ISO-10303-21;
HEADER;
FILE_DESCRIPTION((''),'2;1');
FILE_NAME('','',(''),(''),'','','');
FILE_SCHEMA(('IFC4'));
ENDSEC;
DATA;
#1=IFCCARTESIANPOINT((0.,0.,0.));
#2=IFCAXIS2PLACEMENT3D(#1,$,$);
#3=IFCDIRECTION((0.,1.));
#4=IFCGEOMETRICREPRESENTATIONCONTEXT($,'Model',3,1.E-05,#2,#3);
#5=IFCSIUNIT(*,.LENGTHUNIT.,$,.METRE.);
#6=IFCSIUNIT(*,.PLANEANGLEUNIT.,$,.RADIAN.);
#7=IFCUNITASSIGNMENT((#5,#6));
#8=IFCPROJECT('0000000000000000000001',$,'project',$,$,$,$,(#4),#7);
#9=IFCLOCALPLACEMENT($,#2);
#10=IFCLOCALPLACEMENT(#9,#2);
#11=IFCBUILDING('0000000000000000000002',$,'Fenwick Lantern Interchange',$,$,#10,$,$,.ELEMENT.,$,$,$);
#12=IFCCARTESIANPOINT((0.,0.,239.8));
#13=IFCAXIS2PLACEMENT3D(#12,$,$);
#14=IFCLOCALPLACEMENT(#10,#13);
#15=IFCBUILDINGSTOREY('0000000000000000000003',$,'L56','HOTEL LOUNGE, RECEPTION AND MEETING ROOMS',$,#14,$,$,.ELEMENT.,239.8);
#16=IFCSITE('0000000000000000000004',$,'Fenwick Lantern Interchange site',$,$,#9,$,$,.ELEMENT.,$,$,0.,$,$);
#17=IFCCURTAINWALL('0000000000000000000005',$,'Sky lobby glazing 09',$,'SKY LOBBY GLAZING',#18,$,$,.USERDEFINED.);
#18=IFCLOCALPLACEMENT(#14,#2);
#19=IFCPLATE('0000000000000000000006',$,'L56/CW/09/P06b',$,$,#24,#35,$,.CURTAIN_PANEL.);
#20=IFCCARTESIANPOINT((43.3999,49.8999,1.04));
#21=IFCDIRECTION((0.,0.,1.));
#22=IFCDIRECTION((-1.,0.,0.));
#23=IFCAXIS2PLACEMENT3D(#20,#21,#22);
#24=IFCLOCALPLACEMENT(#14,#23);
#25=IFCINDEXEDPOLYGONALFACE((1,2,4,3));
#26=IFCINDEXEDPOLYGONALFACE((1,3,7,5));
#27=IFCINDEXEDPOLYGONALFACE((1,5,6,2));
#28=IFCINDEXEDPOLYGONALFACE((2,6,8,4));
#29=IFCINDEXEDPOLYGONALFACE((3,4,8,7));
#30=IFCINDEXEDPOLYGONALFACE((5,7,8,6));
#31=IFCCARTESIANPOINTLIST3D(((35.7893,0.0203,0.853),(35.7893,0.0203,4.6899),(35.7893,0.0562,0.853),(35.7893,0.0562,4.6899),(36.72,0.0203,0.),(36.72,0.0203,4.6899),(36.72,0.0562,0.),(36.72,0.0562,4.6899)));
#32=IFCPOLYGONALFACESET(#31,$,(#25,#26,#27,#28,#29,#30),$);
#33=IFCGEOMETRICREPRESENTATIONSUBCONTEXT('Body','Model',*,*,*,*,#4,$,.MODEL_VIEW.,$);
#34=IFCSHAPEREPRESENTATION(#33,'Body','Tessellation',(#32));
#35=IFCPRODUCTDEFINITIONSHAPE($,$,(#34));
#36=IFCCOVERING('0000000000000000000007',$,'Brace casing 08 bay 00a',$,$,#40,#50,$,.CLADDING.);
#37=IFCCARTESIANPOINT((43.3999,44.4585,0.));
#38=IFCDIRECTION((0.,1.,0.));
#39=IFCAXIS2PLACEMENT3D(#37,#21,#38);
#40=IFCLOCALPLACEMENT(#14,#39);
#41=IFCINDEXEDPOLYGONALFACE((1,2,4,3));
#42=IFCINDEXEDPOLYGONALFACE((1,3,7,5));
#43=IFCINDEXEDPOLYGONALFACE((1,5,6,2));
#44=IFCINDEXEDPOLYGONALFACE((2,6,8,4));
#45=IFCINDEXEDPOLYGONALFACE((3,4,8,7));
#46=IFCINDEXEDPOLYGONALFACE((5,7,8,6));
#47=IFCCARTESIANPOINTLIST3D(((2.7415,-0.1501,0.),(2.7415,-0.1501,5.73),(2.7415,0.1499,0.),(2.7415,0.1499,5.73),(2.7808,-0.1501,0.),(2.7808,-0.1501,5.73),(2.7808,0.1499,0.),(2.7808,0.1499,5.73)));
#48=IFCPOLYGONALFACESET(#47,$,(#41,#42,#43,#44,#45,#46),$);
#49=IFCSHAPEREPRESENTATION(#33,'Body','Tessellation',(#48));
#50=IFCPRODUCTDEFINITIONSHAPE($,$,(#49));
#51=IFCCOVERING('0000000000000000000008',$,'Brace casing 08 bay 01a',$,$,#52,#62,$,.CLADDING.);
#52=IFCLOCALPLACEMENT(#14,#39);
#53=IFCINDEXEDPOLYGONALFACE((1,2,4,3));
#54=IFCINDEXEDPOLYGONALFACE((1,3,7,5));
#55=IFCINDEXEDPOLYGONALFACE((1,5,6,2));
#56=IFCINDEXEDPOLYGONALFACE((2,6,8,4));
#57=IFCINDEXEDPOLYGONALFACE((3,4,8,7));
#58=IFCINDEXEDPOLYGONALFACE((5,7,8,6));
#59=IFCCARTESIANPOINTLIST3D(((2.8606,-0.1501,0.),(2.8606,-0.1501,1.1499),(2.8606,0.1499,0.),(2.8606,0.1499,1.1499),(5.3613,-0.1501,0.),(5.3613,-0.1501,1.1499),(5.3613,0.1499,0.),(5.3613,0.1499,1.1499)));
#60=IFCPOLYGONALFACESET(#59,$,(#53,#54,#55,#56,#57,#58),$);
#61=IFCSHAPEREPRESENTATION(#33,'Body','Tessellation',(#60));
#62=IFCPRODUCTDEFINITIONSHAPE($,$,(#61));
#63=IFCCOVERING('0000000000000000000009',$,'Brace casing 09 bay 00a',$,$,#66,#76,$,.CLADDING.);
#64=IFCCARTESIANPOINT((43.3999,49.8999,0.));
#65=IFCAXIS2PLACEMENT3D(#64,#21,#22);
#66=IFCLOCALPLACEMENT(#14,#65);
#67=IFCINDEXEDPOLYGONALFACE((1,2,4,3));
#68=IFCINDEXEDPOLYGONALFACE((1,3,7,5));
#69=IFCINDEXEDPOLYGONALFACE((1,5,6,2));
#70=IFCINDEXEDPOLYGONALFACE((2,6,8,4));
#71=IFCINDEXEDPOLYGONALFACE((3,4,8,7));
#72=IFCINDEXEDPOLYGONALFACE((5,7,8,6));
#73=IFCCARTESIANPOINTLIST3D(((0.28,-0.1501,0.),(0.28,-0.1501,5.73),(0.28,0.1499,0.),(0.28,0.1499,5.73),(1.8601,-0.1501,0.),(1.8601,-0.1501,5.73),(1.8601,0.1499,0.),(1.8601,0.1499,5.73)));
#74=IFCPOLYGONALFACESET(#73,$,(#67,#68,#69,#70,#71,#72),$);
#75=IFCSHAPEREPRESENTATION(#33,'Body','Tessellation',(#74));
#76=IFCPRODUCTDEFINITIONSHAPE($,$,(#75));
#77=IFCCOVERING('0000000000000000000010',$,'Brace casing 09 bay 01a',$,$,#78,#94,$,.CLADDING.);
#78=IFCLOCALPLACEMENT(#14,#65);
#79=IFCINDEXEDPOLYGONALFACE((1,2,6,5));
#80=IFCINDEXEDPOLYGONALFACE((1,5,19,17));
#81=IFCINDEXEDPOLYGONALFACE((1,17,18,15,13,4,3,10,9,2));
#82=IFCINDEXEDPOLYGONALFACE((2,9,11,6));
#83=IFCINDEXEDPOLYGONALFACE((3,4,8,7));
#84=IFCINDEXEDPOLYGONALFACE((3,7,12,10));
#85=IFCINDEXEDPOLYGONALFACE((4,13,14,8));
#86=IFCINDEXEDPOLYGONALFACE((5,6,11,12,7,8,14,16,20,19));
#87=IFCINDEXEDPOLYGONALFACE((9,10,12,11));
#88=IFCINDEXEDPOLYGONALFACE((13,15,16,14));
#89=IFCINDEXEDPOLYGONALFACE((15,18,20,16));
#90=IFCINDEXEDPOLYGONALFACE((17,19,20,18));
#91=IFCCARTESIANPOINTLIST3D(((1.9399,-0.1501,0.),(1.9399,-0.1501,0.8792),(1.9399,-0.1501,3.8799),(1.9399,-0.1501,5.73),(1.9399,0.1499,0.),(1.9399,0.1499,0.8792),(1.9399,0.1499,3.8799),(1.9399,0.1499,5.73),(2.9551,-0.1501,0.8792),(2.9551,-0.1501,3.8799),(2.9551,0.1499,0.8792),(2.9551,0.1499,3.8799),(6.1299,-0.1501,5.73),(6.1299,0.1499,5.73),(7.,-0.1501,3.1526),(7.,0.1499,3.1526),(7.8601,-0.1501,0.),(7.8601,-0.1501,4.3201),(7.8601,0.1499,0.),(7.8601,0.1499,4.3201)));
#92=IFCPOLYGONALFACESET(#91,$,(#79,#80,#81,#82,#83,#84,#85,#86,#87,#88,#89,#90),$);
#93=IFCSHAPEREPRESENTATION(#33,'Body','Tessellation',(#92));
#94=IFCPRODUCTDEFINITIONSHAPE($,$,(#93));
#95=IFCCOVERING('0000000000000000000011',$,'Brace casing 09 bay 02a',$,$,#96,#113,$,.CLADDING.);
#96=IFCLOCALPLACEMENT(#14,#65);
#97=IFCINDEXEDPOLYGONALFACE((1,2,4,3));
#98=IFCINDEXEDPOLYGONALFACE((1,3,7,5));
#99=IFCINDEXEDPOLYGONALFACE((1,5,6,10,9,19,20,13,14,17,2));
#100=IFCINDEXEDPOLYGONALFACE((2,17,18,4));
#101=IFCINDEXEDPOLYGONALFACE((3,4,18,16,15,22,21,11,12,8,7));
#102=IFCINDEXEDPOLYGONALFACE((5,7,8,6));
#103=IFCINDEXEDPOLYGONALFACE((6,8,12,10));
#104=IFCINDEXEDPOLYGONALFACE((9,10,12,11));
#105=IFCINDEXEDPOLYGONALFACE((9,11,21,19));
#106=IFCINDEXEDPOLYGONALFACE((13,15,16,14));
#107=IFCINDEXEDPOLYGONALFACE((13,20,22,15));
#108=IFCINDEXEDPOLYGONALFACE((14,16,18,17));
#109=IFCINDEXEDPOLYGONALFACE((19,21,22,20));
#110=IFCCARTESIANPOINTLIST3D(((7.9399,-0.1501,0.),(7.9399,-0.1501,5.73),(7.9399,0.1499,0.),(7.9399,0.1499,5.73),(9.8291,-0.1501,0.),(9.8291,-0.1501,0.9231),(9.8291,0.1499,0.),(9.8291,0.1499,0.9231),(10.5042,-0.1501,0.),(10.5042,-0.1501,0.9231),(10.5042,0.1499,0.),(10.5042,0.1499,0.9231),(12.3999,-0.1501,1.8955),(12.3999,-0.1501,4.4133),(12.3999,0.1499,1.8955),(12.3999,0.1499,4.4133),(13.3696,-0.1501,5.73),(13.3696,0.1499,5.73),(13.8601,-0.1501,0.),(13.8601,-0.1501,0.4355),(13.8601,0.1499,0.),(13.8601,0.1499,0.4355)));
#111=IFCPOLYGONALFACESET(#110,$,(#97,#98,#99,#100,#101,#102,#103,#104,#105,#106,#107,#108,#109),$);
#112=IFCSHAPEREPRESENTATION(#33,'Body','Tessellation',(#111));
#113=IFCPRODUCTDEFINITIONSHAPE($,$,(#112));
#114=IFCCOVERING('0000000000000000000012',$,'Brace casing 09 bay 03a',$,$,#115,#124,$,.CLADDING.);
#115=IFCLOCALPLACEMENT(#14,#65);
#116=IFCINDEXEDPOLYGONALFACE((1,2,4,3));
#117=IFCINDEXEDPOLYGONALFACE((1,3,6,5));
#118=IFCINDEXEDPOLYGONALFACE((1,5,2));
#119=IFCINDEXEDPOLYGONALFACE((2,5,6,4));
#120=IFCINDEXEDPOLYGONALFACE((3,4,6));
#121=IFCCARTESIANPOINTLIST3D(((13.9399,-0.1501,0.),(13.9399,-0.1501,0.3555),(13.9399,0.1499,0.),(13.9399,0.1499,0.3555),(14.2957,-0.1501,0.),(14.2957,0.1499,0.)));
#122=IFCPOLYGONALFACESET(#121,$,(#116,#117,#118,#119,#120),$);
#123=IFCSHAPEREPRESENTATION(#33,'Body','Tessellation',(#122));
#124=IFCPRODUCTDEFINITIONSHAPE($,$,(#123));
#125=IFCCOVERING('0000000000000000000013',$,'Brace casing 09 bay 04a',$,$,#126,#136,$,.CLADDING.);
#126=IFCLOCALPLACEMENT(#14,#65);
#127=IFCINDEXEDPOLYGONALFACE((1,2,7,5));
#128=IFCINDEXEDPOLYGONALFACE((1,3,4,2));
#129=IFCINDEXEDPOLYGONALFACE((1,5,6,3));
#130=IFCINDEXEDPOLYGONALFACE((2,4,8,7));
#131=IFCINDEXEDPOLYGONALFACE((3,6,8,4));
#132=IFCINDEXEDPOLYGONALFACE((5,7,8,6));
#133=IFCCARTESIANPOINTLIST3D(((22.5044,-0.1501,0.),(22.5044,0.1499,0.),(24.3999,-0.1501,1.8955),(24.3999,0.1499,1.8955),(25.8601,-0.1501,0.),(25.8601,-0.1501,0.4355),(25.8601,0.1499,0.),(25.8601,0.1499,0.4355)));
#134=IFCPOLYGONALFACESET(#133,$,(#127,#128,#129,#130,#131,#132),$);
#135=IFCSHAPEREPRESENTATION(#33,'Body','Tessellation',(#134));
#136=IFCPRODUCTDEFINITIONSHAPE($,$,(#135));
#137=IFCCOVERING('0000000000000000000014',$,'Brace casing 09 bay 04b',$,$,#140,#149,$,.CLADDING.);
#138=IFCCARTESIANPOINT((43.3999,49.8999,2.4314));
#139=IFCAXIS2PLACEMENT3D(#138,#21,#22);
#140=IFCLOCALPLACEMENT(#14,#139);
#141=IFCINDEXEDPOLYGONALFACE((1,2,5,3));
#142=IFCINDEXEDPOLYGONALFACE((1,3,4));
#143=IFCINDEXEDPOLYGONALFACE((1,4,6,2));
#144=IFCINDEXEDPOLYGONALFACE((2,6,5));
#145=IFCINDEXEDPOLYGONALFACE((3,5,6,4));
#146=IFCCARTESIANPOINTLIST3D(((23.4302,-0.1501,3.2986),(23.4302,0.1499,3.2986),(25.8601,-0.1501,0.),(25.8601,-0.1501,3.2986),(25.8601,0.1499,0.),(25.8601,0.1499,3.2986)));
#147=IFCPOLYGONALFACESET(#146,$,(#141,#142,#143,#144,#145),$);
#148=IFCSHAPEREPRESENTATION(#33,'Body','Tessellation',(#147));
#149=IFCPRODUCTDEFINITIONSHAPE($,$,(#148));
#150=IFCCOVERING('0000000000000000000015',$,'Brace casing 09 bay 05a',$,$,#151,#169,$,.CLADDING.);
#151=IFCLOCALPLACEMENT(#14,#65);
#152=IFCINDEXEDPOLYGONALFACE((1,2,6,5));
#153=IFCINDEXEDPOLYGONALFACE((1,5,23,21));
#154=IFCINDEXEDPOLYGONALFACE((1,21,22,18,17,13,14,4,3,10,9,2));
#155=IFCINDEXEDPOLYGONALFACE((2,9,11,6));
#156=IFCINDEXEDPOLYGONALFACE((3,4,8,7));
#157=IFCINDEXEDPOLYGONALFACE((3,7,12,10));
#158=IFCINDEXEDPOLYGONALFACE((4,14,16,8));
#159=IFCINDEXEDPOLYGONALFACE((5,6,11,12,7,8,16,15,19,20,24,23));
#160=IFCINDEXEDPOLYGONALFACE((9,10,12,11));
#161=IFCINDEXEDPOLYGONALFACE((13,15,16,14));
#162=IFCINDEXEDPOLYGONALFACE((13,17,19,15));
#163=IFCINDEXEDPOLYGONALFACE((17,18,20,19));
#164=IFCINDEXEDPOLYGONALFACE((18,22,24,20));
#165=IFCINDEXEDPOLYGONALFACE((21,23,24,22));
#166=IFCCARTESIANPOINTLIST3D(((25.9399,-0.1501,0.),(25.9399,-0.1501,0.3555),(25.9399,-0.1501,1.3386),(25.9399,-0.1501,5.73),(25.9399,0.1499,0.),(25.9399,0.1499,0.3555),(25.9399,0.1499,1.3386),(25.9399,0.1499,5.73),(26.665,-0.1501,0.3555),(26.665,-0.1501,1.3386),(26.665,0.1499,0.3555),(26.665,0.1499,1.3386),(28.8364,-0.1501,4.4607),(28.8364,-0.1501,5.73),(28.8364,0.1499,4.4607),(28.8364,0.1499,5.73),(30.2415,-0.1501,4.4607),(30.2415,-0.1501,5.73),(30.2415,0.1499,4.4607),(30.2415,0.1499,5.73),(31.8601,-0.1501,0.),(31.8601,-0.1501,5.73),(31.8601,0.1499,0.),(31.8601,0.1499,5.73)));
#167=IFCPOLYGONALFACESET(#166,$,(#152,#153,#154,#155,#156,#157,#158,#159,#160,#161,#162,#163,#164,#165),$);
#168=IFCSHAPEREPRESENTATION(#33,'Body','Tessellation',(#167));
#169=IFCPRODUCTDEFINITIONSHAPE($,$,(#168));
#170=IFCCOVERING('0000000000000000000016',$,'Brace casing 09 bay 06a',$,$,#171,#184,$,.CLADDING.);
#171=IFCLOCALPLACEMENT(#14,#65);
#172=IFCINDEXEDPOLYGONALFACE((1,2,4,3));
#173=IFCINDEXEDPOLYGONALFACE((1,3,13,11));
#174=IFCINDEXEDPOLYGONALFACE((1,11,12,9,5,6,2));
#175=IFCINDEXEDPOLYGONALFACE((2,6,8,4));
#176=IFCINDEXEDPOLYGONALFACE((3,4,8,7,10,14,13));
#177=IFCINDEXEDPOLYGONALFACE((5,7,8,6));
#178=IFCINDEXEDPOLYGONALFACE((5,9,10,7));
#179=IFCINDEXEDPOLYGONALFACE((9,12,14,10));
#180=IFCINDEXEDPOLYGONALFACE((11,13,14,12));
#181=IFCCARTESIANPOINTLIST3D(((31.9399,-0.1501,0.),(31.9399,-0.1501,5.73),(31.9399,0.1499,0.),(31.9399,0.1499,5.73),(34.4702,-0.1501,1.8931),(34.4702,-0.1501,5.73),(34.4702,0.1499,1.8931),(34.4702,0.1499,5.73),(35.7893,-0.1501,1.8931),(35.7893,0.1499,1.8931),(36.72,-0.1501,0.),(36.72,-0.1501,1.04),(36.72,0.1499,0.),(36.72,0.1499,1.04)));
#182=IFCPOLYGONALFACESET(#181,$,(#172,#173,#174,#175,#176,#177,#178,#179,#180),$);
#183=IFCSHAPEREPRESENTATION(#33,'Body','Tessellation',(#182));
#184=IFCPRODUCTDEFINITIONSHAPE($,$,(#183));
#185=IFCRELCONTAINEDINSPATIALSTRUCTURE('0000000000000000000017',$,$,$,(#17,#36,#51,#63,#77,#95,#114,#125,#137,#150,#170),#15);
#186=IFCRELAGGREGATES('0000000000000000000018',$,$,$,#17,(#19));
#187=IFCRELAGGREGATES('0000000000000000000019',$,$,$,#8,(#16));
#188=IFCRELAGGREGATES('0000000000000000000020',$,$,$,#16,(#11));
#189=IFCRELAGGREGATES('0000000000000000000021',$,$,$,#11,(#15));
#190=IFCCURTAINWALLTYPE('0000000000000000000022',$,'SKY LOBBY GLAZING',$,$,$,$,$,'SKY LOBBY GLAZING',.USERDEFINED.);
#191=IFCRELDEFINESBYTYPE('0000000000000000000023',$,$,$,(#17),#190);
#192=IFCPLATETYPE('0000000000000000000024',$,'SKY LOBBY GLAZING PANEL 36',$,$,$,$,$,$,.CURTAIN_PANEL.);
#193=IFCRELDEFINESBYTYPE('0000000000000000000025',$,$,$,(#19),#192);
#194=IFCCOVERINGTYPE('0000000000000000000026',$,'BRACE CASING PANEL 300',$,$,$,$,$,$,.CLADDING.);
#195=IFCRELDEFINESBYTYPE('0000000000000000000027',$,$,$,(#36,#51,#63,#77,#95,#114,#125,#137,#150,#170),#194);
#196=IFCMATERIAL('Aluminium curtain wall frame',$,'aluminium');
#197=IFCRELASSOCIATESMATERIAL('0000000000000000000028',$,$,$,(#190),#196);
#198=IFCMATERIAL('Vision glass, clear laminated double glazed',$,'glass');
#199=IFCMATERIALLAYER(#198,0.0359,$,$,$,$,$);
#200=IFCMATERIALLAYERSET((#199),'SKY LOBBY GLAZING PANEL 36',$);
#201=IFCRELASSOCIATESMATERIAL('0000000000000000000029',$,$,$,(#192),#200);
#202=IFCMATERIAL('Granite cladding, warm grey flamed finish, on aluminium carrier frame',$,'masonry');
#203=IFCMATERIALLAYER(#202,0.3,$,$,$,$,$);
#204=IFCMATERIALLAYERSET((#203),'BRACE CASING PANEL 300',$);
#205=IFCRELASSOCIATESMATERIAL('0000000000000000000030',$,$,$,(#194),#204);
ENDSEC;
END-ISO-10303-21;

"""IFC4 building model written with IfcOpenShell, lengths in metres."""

from ifc_helpers import new_model, si_unit, direction, frame, origin, place, context, subcontext, project, spatial, polyline, outline, extrude, material, layer, layer_set, type_object, element, aggregate, save


model = new_model("IFC4")

# Units and contexts
model_context = context("Model", 3, precision=1e-05, world=origin(), true_north=direction((0.0, 1.0)))
body_context = subcontext(model_context, "Body", "Model", "MODEL_VIEW")
ifc_project = project(units=[si_unit("LENGTHUNIT", "METRE"), si_unit("PLANEANGLEUNIT", "RADIAN")], contexts=[model_context])

# Site, building, storey
site_placement = place(None, origin())
site = spatial("IfcSite", under=ifc_project, at=site_placement, Name="Fenwick Lantern Interchange site", CompositionType="ELEMENT", RefElevation=0.0)
building_placement = place(site_placement, origin())
building = spatial("IfcBuilding", under=site, at=building_placement, Name="Fenwick Lantern Interchange", CompositionType="ELEMENT")
storey_placement = place(building_placement, frame((0.0, 0.0, 239.8)))
storey = spatial("IfcBuildingStorey", under=building, at=storey_placement, Name="L56", Description="HOTEL LOUNGE, RECEPTION AND MEETING ROOMS", CompositionType="ELEMENT", Elevation=239.8)

# Shared definitions
ifc_material_1 = material(Name="Aluminium curtain wall frame", Category="aluminium")
curtain_wall_type = type_object("IfcCurtainWallType", Name="SKY LOBBY GLAZING", ElementType="SKY LOBBY GLAZING", PredefinedType="USERDEFINED", material=ifc_material_1)

# Shared definitions
ifc_material_2 = material(Name="Vision glass, clear laminated double glazed", Category="glass")
ifc_layer_1 = layer(ifc_material_2, 0.0359)
ifc_layer_set_1 = layer_set([ifc_layer_1], Name="SKY LOBBY GLAZING PANEL 36")
plate_type = type_object("IfcPlateType", Name="SKY LOBBY GLAZING PANEL 36", PredefinedType="CURTAIN_PANEL", material=ifc_layer_set_1)

# Curtain wall, plate
curtain_wall_1_placement = place(storey_placement, origin())
curtain_wall_1 = element("IfcCurtainWall", 1, at=curtain_wall_1_placement, inside=storey, type_object=curtain_wall_type, Name="Sky lobby glazing 09", ObjectType="SKY LOBBY GLAZING", PredefinedType="USERDEFINED")
plate_1_placement = place(storey_placement, frame((43.3999, 49.8999, 1.04), z_axis=(0.0, 0.0, 1.0), x_axis=(-1.0, 0.0, 0.0)))
plate_1 = element("IfcPlate", 2, at=plate_1_placement, type_object=plate_type, Name="L56/CW/09/P06b", PredefinedType="CURTAIN_PANEL", context=body_context, shape_type="SweptSolid", body=[
    extrude(outline(polyline([(36.72, 0.0), (36.72, 4.6899), (35.7893, 4.6899), (35.7893, 0.853), (36.72, 0.0)])), frame((0.0, 0.0562, 0.0), z_axis=(0.0, -1.0, 0.0), x_axis=(1.0, 0.0, 0.0)), (0.0, 0.0, 1.0), 0.0359),
])
aggregate(curtain_wall_1, [plate_1])

# Coverings
ifc_material_3 = material(Name="Granite cladding, warm grey flamed finish, on aluminium carrier frame", Category="masonry")
ifc_layer_2 = layer(ifc_material_3, 0.3)
ifc_layer_set_2 = layer_set([ifc_layer_2], Name="BRACE CASING PANEL 300")
covering_type = type_object("IfcCoveringType", Name="BRACE CASING PANEL 300", PredefinedType="CLADDING", material=ifc_layer_set_2)
covering_1_placement = place(storey_placement, frame((43.3999, 44.4585, 0.0), z_axis=(0.0, 0.0, 1.0), x_axis=(0.0, 1.0, 0.0)))
element("IfcCovering", 3, at=covering_1_placement, inside=storey, type_object=covering_type, Name="Brace casing 08 bay 00a", PredefinedType="CLADDING", context=body_context, shape_type="SweptSolid", body=[
    extrude(outline(polyline([(2.7415, 0.0), (2.7808, 0.0), (2.7808, 5.73), (2.7415, 5.73), (2.7415, 0.0)])), frame((0.0, 0.1499, 0.0), z_axis=(0.0, -1.0, 0.0), x_axis=(1.0, 0.0, 0.0)), (0.0, 0.0, 1.0), 0.3),
])
covering_2_placement = place(storey_placement, frame((43.3999, 44.4585, 0.0), z_axis=(0.0, 0.0, 1.0), x_axis=(0.0, 1.0, 0.0)))
element("IfcCovering", 4, at=covering_2_placement, inside=storey, type_object=covering_type, Name="Brace casing 08 bay 01a", PredefinedType="CLADDING", context=body_context, shape_type="SweptSolid", body=[
    extrude(outline(polyline([(2.8606, 0.0), (5.3613, 0.0), (5.3613, 1.1499), (2.8606, 1.1499), (2.8606, 0.0)])), frame((0.0, 0.1499, 0.0), z_axis=(0.0, -1.0, 0.0), x_axis=(1.0, 0.0, 0.0)), (0.0, 0.0, 1.0), 0.3),
])
covering_3_placement = place(storey_placement, frame((43.3999, 49.8999, 0.0), z_axis=(0.0, 0.0, 1.0), x_axis=(-1.0, 0.0, 0.0)))
element("IfcCovering", 5, at=covering_3_placement, inside=storey, type_object=covering_type, Name="Brace casing 09 bay 00a", PredefinedType="CLADDING", context=body_context, shape_type="SweptSolid", body=[
    extrude(outline(polyline([(0.28, 0.0), (1.8601, 0.0), (1.8601, 5.73), (0.28, 5.73), (0.28, 0.0)])), frame((0.0, 0.1499, 0.0), z_axis=(0.0, -1.0, 0.0), x_axis=(1.0, 0.0, 0.0)), (0.0, 0.0, 1.0), 0.3),
])
covering_4_placement = place(storey_placement, frame((43.3999, 49.8999, 0.0), z_axis=(0.0, 0.0, 1.0), x_axis=(-1.0, 0.0, 0.0)))
element("IfcCovering", 6, at=covering_4_placement, inside=storey, type_object=covering_type, Name="Brace casing 09 bay 01a", PredefinedType="CLADDING", context=body_context, shape_type="SweptSolid", body=[
    extrude(outline(polyline([(1.9399, 0.0), (7.8601, 0.0), (7.8601, 4.3201), (7.0, 3.1526), (6.1299, 5.73), (1.9399, 5.73), (1.9399, 3.8799), (2.9551, 3.8799), (2.9551, 0.8792), (1.9399, 0.8792), (1.9399, 0.0)])), frame((0.0, 0.1499, 0.0), z_axis=(0.0, -1.0, 0.0), x_axis=(1.0, 0.0, 0.0)), (0.0, 0.0, 1.0), 0.3),
])
covering_5_placement = place(storey_placement, frame((43.3999, 49.8999, 0.0), z_axis=(0.0, 0.0, 1.0), x_axis=(-1.0, 0.0, 0.0)))
element("IfcCovering", 7, at=covering_5_placement, inside=storey, type_object=covering_type, Name="Brace casing 09 bay 02a", PredefinedType="CLADDING", context=body_context, shape_type="SweptSolid", body=[
    extrude(outline(polyline([(7.9399, 0.0), (9.8291, 0.0), (9.8291, 0.9231), (10.5042, 0.9231), (10.5042, 0.0), (13.8601, 0.0), (13.8601, 0.4355), (12.3999, 1.8955), (12.3999, 4.4133), (13.3696, 5.73), (7.9399, 5.73), (7.9399, 0.0)])), frame((0.0, 0.1499, 0.0), z_axis=(0.0, -1.0, 0.0), x_axis=(1.0, 0.0, 0.0)), (0.0, 0.0, 1.0), 0.3),
])
covering_6_placement = place(storey_placement, frame((43.3999, 49.8999, 0.0), z_axis=(0.0, 0.0, 1.0), x_axis=(-1.0, 0.0, 0.0)))
element("IfcCovering", 8, at=covering_6_placement, inside=storey, type_object=covering_type, Name="Brace casing 09 bay 03a", PredefinedType="CLADDING", context=body_context, shape_type="SweptSolid", body=[
    extrude(outline(polyline([(13.9399, 0.0), (14.2957, 0.0), (13.9399, 0.3555), (13.9399, 0.0)])), frame((0.0, 0.1499, 0.0), z_axis=(0.0, -1.0, 0.0), x_axis=(1.0, 0.0, 0.0)), (0.0, 0.0, 1.0), 0.3),
])
covering_7_placement = place(storey_placement, frame((43.3999, 49.8999, 0.0), z_axis=(0.0, 0.0, 1.0), x_axis=(-1.0, 0.0, 0.0)))
element("IfcCovering", 9, at=covering_7_placement, inside=storey, type_object=covering_type, Name="Brace casing 09 bay 04a", PredefinedType="CLADDING", context=body_context, shape_type="SweptSolid", body=[
    extrude(outline(polyline([(22.5044, 0.0), (25.8601, 0.0), (25.8601, 0.4355), (24.3999, 1.8955), (22.5044, 0.0)])), frame((0.0, 0.1499, 0.0), z_axis=(0.0, -1.0, 0.0), x_axis=(1.0, 0.0, 0.0)), (0.0, 0.0, 1.0), 0.3),
])
covering_8_placement = place(storey_placement, frame((43.3999, 49.8999, 2.4314), z_axis=(0.0, 0.0, 1.0), x_axis=(-1.0, 0.0, 0.0)))
element("IfcCovering", 10, at=covering_8_placement, inside=storey, type_object=covering_type, Name="Brace casing 09 bay 04b", PredefinedType="CLADDING", context=body_context, shape_type="SweptSolid", body=[
    extrude(outline(polyline([(25.8601, 0.0), (25.8601, 3.2986), (23.4302, 3.2986), (25.8601, 0.0)])), frame((0.0, 0.1499, 0.0), z_axis=(0.0, -1.0, 0.0), x_axis=(1.0, 0.0, 0.0)), (0.0, 0.0, 1.0), 0.3),
])
covering_9_placement = place(storey_placement, frame((43.3999, 49.8999, 0.0), z_axis=(0.0, 0.0, 1.0), x_axis=(-1.0, 0.0, 0.0)))
element("IfcCovering", 11, at=covering_9_placement, inside=storey, type_object=covering_type, Name="Brace casing 09 bay 05a", PredefinedType="CLADDING", context=body_context, shape_type="SweptSolid", body=[
    extrude(outline(polyline([(25.9399, 0.0), (31.8601, 0.0), (31.8601, 5.73), (30.2415, 5.73), (30.2415, 4.4607), (28.8364, 4.4607), (28.8364, 5.73), (25.9399, 5.73), (25.9399, 1.3386), (26.665, 1.3386), (26.665, 0.3555), (25.9399, 0.3555), (25.9399, 0.0)])), frame((0.0, 0.1499, 0.0), z_axis=(0.0, -1.0, 0.0), x_axis=(1.0, 0.0, 0.0)), (0.0, 0.0, 1.0), 0.3),
])
covering_10_placement = place(storey_placement, frame((43.3999, 49.8999, 0.0), z_axis=(0.0, 0.0, 1.0), x_axis=(-1.0, 0.0, 0.0)))
element("IfcCovering", 12, at=covering_10_placement, inside=storey, type_object=covering_type, Name="Brace casing 09 bay 06a", PredefinedType="CLADDING", context=body_context, shape_type="SweptSolid", body=[
    extrude(outline(polyline([(31.9399, 0.0), (36.72, 0.0), (36.72, 1.04), (35.7893, 1.8931), (34.4702, 1.8931), (34.4702, 5.73), (31.9399, 5.73), (31.9399, 0.0)])), frame((0.0, 0.1499, 0.0), z_axis=(0.0, -1.0, 0.0), x_axis=(1.0, 0.0, 0.0)), (0.0, 0.0, 1.0), 0.3),
])

save(model, "model.ifc")
